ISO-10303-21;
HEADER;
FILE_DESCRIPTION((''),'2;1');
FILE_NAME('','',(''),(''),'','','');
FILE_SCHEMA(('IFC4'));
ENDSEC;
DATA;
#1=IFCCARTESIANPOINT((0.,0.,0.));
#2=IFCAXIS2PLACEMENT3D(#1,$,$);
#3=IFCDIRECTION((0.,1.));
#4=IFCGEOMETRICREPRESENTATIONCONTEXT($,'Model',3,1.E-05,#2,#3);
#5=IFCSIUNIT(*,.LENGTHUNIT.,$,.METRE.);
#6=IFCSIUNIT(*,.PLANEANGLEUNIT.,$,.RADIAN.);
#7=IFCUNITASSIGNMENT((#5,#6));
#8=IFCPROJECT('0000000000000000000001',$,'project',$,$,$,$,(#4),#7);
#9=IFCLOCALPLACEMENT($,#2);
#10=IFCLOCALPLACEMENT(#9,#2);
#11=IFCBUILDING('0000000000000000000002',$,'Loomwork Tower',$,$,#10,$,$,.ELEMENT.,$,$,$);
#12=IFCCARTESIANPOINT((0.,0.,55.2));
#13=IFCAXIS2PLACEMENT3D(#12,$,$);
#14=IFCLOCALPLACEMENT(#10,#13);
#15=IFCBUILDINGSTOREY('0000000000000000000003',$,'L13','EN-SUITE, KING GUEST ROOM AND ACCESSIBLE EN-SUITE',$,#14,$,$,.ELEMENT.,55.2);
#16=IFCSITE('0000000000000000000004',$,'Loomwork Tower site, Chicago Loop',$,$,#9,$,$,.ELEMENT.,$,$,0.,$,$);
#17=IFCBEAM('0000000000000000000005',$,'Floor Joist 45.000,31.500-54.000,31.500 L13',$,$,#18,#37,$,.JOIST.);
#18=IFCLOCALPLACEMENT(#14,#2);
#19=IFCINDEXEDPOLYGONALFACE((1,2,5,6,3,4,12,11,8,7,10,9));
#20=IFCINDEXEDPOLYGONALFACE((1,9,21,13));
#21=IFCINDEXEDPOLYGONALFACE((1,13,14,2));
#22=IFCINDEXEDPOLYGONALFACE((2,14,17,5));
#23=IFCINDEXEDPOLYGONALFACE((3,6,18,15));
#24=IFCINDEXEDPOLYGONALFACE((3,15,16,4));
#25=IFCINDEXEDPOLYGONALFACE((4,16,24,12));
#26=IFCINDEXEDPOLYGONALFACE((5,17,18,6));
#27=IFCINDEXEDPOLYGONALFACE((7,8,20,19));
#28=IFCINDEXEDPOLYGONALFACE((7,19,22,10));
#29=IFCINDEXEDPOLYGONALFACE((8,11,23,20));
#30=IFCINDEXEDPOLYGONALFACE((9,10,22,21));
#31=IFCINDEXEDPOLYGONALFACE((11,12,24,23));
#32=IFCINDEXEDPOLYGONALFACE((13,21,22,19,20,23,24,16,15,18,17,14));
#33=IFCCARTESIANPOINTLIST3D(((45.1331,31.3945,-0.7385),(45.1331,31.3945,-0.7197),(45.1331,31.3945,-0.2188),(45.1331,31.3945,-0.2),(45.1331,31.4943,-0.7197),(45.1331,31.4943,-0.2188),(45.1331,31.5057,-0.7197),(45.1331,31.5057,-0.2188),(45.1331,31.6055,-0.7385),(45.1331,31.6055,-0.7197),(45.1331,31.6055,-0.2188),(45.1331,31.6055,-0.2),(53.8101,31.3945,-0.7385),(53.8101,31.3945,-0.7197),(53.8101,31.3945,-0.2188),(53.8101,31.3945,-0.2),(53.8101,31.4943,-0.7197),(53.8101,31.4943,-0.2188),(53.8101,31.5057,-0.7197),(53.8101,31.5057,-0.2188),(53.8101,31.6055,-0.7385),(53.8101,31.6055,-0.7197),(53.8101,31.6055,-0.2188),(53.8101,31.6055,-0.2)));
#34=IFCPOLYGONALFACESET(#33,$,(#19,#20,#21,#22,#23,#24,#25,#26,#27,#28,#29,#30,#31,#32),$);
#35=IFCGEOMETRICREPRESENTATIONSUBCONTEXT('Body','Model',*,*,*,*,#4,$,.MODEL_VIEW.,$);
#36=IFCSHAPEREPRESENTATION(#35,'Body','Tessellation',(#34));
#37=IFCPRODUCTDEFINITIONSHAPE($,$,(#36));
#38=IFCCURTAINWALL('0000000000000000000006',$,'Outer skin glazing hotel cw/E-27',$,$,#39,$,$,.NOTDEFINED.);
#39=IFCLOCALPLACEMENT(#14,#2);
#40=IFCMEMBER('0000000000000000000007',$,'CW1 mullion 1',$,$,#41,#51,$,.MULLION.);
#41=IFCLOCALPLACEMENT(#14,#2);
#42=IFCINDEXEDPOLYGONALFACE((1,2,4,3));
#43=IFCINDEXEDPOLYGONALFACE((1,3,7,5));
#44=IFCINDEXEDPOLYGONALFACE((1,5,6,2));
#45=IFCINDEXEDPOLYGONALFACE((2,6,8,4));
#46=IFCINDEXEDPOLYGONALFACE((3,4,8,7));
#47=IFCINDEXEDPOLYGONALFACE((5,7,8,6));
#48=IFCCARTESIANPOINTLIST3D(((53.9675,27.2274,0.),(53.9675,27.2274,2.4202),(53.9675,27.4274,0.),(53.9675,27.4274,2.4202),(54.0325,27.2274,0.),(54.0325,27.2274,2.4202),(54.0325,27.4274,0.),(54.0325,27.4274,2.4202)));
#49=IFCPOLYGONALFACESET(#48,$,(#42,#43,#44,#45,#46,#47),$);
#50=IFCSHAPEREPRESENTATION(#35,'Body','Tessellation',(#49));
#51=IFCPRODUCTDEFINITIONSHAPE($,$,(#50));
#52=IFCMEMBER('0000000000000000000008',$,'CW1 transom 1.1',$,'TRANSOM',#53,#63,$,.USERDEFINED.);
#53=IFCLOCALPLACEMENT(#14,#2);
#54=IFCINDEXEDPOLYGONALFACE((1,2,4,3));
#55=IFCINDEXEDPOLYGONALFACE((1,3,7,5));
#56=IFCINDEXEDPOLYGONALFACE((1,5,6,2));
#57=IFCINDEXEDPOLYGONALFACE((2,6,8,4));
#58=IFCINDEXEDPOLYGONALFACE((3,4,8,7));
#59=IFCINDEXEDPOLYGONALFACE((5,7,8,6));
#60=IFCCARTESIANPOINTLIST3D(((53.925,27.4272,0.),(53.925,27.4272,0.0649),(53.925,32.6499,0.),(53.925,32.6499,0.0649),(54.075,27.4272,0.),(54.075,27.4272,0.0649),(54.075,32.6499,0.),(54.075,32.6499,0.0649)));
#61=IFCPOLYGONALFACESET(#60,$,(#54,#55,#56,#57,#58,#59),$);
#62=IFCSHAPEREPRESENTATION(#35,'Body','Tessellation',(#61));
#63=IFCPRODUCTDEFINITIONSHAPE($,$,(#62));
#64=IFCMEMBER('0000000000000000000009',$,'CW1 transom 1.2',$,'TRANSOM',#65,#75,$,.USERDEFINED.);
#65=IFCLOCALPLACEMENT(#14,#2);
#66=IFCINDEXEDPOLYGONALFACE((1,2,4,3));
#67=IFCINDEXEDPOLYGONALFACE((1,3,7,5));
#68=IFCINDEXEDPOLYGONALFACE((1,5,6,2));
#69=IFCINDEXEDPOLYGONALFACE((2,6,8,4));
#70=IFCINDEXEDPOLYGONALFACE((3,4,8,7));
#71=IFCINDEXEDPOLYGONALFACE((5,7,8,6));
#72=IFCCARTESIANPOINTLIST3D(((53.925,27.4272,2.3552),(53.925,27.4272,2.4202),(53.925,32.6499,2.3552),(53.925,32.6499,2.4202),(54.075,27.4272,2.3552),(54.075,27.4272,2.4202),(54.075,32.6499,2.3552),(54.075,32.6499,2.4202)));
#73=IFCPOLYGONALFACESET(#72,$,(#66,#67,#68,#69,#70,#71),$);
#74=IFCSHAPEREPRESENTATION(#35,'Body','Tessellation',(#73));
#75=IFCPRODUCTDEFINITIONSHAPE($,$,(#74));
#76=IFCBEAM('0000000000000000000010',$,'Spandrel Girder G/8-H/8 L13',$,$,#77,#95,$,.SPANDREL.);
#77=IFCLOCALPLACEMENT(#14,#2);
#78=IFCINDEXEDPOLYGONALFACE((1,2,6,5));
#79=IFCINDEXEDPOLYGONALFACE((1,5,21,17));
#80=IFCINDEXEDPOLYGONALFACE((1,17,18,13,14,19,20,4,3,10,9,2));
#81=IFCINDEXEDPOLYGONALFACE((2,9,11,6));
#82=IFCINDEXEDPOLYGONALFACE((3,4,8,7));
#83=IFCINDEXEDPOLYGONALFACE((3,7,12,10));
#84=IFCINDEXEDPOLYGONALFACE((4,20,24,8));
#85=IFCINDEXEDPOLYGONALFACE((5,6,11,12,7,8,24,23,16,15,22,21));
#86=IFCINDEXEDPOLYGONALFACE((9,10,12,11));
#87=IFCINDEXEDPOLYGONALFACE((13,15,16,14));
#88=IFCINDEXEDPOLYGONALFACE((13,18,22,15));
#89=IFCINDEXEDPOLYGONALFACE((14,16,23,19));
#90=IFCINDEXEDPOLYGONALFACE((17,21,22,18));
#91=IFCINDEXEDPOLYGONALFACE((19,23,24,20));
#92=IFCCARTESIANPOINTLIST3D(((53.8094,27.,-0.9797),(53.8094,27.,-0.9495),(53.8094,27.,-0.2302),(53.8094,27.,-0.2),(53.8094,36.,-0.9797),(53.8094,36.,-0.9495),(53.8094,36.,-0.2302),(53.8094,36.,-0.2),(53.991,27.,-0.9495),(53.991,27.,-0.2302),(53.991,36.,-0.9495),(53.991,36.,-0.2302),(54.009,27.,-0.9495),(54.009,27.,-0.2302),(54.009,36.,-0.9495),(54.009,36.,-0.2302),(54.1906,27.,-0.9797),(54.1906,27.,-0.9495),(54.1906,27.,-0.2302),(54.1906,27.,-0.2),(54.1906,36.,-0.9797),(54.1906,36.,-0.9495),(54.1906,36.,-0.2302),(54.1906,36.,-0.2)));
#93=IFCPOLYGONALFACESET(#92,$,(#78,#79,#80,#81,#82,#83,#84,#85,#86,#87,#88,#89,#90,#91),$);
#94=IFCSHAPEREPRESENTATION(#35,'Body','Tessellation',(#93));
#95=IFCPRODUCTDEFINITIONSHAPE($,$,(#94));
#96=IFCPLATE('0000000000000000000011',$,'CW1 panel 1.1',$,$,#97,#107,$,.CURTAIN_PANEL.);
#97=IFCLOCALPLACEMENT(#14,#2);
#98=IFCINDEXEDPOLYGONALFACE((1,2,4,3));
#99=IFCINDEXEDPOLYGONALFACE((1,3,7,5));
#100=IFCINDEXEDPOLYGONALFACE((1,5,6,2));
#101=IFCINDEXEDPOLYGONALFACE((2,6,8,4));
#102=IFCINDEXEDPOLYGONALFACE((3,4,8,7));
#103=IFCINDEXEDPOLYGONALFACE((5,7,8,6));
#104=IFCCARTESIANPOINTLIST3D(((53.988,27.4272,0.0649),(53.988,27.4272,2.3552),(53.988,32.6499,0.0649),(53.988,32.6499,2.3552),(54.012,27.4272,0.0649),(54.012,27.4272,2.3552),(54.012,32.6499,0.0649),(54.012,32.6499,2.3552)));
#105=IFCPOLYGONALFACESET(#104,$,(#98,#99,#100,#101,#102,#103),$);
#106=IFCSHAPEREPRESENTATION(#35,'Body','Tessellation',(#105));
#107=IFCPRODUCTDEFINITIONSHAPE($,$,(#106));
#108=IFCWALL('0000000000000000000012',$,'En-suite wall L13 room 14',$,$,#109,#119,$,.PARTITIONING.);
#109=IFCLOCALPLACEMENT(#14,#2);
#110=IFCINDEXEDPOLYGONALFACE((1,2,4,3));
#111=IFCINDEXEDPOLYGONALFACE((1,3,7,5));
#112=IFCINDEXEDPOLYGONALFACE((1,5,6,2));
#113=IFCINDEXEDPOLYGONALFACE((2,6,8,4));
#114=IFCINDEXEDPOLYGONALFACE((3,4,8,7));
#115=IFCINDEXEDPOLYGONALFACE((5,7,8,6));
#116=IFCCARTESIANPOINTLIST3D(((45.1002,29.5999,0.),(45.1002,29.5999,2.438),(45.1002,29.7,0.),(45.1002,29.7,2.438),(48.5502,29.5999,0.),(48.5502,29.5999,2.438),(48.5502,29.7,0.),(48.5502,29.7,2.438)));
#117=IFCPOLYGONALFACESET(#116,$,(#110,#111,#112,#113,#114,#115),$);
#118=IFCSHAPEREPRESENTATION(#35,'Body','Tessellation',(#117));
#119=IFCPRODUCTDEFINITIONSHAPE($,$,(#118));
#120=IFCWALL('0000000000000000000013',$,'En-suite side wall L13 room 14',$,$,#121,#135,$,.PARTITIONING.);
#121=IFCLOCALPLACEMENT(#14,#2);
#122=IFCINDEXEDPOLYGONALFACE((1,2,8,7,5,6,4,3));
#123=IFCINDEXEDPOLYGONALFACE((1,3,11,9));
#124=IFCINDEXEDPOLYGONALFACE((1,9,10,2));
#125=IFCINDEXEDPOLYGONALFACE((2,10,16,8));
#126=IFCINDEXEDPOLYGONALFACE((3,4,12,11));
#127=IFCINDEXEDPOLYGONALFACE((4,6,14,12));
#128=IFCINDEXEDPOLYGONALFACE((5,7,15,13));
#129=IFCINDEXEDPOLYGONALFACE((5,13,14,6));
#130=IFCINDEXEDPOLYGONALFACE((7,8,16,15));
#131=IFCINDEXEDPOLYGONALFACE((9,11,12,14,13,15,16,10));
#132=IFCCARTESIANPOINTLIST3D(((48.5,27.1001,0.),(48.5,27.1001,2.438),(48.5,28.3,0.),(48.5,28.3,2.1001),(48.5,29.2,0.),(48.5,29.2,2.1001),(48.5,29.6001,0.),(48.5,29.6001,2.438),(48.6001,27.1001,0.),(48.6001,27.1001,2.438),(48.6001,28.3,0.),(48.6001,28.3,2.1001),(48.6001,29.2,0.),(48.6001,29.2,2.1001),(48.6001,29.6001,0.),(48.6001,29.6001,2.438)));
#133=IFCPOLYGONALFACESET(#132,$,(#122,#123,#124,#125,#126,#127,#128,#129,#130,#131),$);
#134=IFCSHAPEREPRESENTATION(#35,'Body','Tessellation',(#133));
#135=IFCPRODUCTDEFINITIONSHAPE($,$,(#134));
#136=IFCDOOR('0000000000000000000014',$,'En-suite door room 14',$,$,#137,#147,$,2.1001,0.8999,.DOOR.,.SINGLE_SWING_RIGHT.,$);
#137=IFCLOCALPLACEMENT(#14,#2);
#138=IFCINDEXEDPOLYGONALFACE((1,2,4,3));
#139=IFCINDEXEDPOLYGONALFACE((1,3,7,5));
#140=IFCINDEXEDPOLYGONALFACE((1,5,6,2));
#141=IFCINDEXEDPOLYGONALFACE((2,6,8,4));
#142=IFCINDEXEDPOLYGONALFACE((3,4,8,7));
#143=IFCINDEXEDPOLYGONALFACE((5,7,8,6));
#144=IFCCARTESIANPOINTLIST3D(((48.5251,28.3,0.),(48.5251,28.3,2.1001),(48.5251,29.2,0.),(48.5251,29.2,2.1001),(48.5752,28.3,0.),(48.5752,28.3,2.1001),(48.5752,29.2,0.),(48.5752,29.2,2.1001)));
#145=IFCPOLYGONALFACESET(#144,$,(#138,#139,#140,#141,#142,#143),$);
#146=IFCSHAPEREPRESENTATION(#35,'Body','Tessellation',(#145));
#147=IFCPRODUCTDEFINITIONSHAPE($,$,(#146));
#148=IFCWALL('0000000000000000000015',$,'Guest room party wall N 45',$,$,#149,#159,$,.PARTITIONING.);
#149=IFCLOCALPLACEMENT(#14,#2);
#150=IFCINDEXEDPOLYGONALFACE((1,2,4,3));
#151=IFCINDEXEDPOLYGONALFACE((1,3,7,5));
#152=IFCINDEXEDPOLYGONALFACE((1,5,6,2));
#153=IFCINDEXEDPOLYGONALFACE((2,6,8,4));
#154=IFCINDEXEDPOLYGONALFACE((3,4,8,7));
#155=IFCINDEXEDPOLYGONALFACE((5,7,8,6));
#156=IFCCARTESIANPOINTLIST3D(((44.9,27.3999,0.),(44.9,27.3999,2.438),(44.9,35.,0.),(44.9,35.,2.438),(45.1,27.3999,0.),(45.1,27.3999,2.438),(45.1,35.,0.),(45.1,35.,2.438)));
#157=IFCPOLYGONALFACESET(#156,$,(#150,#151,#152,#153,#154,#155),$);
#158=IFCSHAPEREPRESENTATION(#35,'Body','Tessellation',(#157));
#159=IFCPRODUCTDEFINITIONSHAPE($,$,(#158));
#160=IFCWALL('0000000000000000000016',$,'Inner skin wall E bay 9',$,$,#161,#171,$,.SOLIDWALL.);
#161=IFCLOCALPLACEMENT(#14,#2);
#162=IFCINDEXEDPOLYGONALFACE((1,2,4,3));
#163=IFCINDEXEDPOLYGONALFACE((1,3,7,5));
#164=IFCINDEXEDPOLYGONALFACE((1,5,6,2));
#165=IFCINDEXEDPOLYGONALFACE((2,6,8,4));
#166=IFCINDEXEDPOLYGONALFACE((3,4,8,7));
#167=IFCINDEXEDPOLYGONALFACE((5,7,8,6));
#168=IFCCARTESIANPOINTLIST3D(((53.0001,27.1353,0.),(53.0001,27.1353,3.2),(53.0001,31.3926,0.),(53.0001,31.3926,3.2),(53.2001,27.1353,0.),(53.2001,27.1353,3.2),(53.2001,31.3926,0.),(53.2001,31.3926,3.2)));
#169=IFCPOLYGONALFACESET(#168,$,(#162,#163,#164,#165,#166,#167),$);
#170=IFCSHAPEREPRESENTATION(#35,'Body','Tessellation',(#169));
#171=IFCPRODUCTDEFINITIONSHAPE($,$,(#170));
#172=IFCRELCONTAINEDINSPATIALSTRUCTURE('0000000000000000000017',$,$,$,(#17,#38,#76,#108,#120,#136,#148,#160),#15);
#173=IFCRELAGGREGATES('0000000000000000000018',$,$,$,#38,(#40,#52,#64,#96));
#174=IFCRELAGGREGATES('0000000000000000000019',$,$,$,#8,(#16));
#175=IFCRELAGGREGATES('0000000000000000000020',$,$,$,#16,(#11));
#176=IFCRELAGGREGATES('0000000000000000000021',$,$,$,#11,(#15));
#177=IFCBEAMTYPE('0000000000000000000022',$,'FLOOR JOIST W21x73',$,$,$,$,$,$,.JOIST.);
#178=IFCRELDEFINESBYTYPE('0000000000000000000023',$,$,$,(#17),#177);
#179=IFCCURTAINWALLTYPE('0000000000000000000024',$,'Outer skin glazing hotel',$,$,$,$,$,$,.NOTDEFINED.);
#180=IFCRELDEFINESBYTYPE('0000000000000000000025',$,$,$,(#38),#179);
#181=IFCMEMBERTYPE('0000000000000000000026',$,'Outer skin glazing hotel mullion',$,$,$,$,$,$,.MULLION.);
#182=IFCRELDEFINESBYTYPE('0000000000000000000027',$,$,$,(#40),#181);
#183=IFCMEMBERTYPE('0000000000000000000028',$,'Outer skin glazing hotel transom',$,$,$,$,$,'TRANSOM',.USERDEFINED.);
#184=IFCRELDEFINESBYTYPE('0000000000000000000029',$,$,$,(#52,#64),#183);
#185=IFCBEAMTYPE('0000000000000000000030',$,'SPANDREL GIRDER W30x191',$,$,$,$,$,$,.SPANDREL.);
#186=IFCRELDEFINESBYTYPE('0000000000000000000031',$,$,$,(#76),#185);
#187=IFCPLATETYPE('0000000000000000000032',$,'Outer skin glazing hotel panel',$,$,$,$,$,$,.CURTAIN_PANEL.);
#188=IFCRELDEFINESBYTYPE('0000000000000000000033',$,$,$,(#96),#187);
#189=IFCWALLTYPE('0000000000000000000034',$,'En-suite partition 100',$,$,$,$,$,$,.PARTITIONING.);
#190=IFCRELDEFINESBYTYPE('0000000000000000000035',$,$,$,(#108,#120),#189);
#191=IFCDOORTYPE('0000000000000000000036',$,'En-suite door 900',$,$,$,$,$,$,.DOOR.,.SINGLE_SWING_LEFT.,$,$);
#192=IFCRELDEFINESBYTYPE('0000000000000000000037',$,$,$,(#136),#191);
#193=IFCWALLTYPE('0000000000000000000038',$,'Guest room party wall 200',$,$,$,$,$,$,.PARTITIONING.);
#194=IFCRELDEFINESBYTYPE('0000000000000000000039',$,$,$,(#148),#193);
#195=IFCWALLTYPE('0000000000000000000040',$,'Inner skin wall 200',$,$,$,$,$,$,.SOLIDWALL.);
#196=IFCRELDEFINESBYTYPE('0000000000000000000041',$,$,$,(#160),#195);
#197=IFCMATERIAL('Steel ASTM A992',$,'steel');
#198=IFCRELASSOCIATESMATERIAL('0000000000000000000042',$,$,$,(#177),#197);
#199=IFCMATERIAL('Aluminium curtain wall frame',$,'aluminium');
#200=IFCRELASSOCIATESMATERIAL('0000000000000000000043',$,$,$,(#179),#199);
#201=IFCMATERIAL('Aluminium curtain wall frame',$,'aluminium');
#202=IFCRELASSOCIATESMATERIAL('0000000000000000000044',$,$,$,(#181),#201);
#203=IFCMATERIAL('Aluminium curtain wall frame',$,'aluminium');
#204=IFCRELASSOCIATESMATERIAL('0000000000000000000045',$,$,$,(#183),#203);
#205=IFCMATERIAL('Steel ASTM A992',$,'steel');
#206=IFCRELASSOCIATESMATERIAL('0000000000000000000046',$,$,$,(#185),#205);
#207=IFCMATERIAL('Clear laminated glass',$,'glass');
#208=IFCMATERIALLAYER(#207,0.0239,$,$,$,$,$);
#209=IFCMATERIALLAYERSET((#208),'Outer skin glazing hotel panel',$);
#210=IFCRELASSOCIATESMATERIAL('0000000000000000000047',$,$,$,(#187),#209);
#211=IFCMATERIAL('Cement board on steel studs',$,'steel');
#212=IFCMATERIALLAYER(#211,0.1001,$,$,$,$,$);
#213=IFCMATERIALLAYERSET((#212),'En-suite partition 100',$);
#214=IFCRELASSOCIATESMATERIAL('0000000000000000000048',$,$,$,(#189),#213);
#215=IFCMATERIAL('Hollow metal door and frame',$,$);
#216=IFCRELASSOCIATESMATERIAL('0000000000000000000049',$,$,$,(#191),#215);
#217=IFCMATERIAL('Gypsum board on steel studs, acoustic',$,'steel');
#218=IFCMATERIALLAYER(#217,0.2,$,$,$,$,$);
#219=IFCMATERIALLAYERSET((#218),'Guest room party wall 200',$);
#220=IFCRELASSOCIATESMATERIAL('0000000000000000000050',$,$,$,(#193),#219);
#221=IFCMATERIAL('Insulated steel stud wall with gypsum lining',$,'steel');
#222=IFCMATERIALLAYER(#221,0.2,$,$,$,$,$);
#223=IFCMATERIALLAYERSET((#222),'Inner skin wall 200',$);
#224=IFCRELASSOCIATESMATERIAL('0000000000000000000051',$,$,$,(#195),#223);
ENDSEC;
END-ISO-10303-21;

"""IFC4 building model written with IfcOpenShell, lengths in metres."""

from ifc_helpers import new_model, si_unit, direction, frame, frame_2d, origin, origin_2d, place, context, subcontext, project, spatial, rectangle, i_section, extrude, material, layer, layer_set, material_profile, profile_set, type_object, element, fill, aggregate, save


model = new_model("IFC4")

# Units and contexts
model_context = context("Model", 3, precision=1e-05, world=origin(), true_north=direction((0.0, 1.0)))
body_context = subcontext(model_context, "Body", "Model", "MODEL_VIEW")
ifc_project = project(units=[si_unit("LENGTHUNIT", "METRE"), si_unit("PLANEANGLEUNIT", "RADIAN")], contexts=[model_context])

# Site, building, storey
site_placement = place(None, origin())
site = spatial("IfcSite", under=ifc_project, at=site_placement, Name="Loomwork Tower site, Chicago Loop", CompositionType="ELEMENT", RefElevation=0.0)
building_placement = place(site_placement, origin())
building = spatial("IfcBuilding", under=site, at=building_placement, Name="Loomwork Tower", CompositionType="ELEMENT")
storey_placement = place(building_placement, frame((0.0, 0.0, 55.2)))
storey = spatial("IfcBuildingStorey", under=building, at=storey_placement, Name="L13", Description="EN-SUITE, KING GUEST ROOM AND ACCESSIBLE EN-SUITE", CompositionType="ELEMENT", Elevation=55.2)

# Beam
ifc_material_1 = material(Name="Steel ASTM A992", Category="steel")
ifc_material_profile_1 = material_profile(ifc_material_1, i_section(OverallWidth=0.2109, OverallDepth=0.5386, WebThickness=0.0115, FlangeThickness=0.0188, at=origin_2d()), Name="W21x73")
ifc_profile_set_1 = profile_set([ifc_material_profile_1], Name="Steel ASTM A992")
beam_type_1 = type_object("IfcBeamType", Name="FLOOR JOIST W21x73", PredefinedType="JOIST", material=ifc_profile_set_1)
beam_1_placement = place(storey_placement, frame((45.1331, 31.5, -0.4692), z_axis=(1.0, 0.0, 0.0), x_axis=(0.0, 1.0, 0.0)))
element("IfcBeam", 1, at=beam_1_placement, inside=storey, type_object=beam_type_1, Name="Floor Joist 45.000,31.500-54.000,31.500 L13", PredefinedType="JOIST", context=body_context, shape_type="SweptSolid", body=[
    extrude(i_section(OverallWidth=0.2109, OverallDepth=0.5386, WebThickness=0.0115, FlangeThickness=0.0188, at=origin_2d()), origin(), (0.0, 0.0, 1.0), 8.677),
])

# Curtain wall, members
ifc_material_2 = material(Name="Aluminium curtain wall frame", Category="aluminium")
curtain_wall_type = type_object("IfcCurtainWallType", Name="Outer skin glazing hotel", PredefinedType="NOTDEFINED", material=ifc_material_2)
curtain_wall_placement = place(storey_placement, origin())
curtain_wall = element("IfcCurtainWall", 2, at=curtain_wall_placement, inside=storey, type_object=curtain_wall_type, Name="Outer skin glazing hotel cw/E-27", PredefinedType="NOTDEFINED")
ifc_material_3 = material(Name="Aluminium curtain wall frame", Category="aluminium")
ifc_material_profile_2 = material_profile(ifc_material_3, rectangle(XDim=0.0649, YDim=0.2, at=origin_2d()), Name="AL 65x200")
ifc_profile_set_2 = profile_set([ifc_material_profile_2], Name="Aluminium curtain wall frame")
member_type_1 = type_object("IfcMemberType", Name="Outer skin glazing hotel mullion", PredefinedType="MULLION", material=ifc_profile_set_2)
member_1_placement = place(storey_placement, frame((54.0, 27.3274, 0.0), z_axis=(0.0, 0.0, 1.0), x_axis=(-1.0, 0.0, 0.0)))
member_1 = element("IfcMember", 3, at=member_1_placement, type_object=member_type_1, Name="CW1 mullion 1", PredefinedType="MULLION", context=body_context, shape_type="SweptSolid", body=[
    extrude(rectangle(XDim=0.0649, YDim=0.2, at=origin_2d()), origin(), (0.0, 0.0, 1.0), 2.4202),
])
ifc_material_4 = material(Name="Aluminium curtain wall frame", Category="aluminium")
ifc_material_profile_3 = material_profile(ifc_material_4, rectangle(XDim=0.1499, YDim=0.0649, at=origin_2d()), Name="AL 65x150")
ifc_profile_set_3 = profile_set([ifc_material_profile_3], Name="Aluminium curtain wall frame")
member_type_2 = type_object("IfcMemberType", Name="Outer skin glazing hotel transom", ElementType="TRANSOM", PredefinedType="USERDEFINED", material=ifc_profile_set_3)
member_2_placement = place(storey_placement, frame((54.0, 27.4272, 0.0325), z_axis=(0.0, 1.0, 0.0), x_axis=(-1.0, 0.0, 0.0)))
member_2 = element("IfcMember", 4, at=member_2_placement, type_object=member_type_2, Name="CW1 transom 1.1", ObjectType="TRANSOM", PredefinedType="USERDEFINED", context=body_context, shape_type="SweptSolid", body=[
    extrude(rectangle(XDim=0.1499, YDim=0.0649, at=origin_2d()), origin(), (0.0, 0.0, 1.0), 5.2227),
])
member_3_placement = place(storey_placement, frame((54.0, 27.4272, 2.3877), z_axis=(0.0, 1.0, 0.0), x_axis=(-1.0, 0.0, 0.0)))
member_3 = element("IfcMember", 5, at=member_3_placement, type_object=member_type_2, Name="CW1 transom 1.2", ObjectType="TRANSOM", PredefinedType="USERDEFINED", context=body_context, shape_type="SweptSolid", body=[
    extrude(rectangle(XDim=0.1499, YDim=0.0649, at=origin_2d()), origin(), (0.0, 0.0, 1.0), 5.2227),
])

# Beam
ifc_material_5 = material(Name="Steel ASTM A992", Category="steel")
ifc_material_profile_4 = material_profile(ifc_material_5, i_section(OverallWidth=0.3811, OverallDepth=0.7798, WebThickness=0.0181, FlangeThickness=0.0303, at=origin_2d()), Name="W30x191")
ifc_profile_set_4 = profile_set([ifc_material_profile_4], Name="Steel ASTM A992")
beam_type_2 = type_object("IfcBeamType", Name="SPANDREL GIRDER W30x191", PredefinedType="SPANDREL", material=ifc_profile_set_4)
beam_2_placement = place(storey_placement, frame((54.0, 27.0, -0.5898), z_axis=(0.0, 1.0, 0.0), x_axis=(-1.0, 0.0, 0.0)))
element("IfcBeam", 6, at=beam_2_placement, inside=storey, type_object=beam_type_2, Name="Spandrel Girder G/8-H/8 L13", PredefinedType="SPANDREL", context=body_context, shape_type="SweptSolid", body=[
    extrude(i_section(OverallWidth=0.3811, OverallDepth=0.7798, WebThickness=0.0181, FlangeThickness=0.0303, at=origin_2d()), origin(), (0.0, 0.0, 1.0), 9.0),
])

# Plate
ifc_material_6 = material(Name="Clear laminated glass", Category="glass")
ifc_layer_1 = layer(ifc_material_6, 0.0239)
ifc_layer_set_1 = layer_set([ifc_layer_1], Name="Outer skin glazing hotel panel")
plate_type = type_object("IfcPlateType", Name="Outer skin glazing hotel panel", PredefinedType="CURTAIN_PANEL", material=ifc_layer_set_1)
plate_placement = place(storey_placement, frame((54.0, 30.0386, 0.0649), z_axis=(0.0, 0.0, 1.0), x_axis=(0.0, 1.0, 0.0)))
plate = element("IfcPlate", 7, at=plate_placement, type_object=plate_type, Name="CW1 panel 1.1", PredefinedType="CURTAIN_PANEL", context=body_context, shape_type="SweptSolid", body=[
    extrude(rectangle(XDim=5.2227, YDim=0.0239, at=origin_2d()), origin(), (0.0, 0.0, 1.0), 2.2903),
])
aggregate(curtain_wall, [member_1, member_2, member_3, plate])

# Wall
ifc_material_7 = material(Name="Cement board on steel studs", Category="steel")
ifc_layer_2 = layer(ifc_material_7, 0.1001)
ifc_layer_set_2 = layer_set([ifc_layer_2], Name="En-suite partition 100")
wall_type_1 = type_object("IfcWallType", Name="En-suite partition 100", PredefinedType="PARTITIONING", material=ifc_layer_set_2)
wall_1_placement = place(storey_placement, frame((45.1001, 29.6499, 0.0), z_axis=(0.0, 0.0, 1.0), x_axis=(1.0, 0.0, 0.0)))
element("IfcWall", 8, at=wall_1_placement, inside=storey, type_object=wall_type_1, Name="En-suite wall L13 room 14", PredefinedType="PARTITIONING", context=body_context, shape_type="SweptSolid", body=[
    extrude(rectangle(XDim=3.45, YDim=0.1001, at=frame_2d((1.7251, 0.0))), origin(), (0.0, 0.0, 1.0), 2.438),
])

# Wall, opening, door
wall_2_placement = place(storey_placement, frame((48.55, 27.1001, 0.0), z_axis=(0.0, 0.0, 1.0), x_axis=(0.0, 1.0, 0.0)))
wall_2 = element("IfcWall", 9, at=wall_2_placement, inside=storey, type_object=wall_type_1, Name="En-suite side wall L13 room 14", PredefinedType="PARTITIONING", context=body_context, shape_type="SweptSolid", body=[
    extrude(rectangle(XDim=2.5, YDim=0.1001, at=frame_2d((1.25, 0.0))), origin(), (0.0, 0.0, 1.0), 2.438),
])
opening_placement = place(wall_2_placement, frame((1.2, 0.0, 0.0)))
opening = element("IfcOpeningElement", 10, at=opening_placement, cuts=wall_2, PredefinedType="OPENING", context=body_context, shape_type="SweptSolid", body=[
    extrude(rectangle(XDim=0.8999, YDim=2.1001, at=frame_2d((0.45, 1.05))), frame((0.0, 0.0601, 0.0), z_axis=(0.0, -1.0, 0.0), x_axis=(1.0, 0.0, 0.0)), (0.0, 0.0, 1.0), 0.1201),
])
ifc_material_8 = material(Name="Hollow metal door and frame")
door_type = type_object("IfcDoorType", Name="En-suite door 900", OperationType="SINGLE_SWING_LEFT", PredefinedType="DOOR", material=ifc_material_8)
door_placement = place(opening_placement, origin())
door = element("IfcDoor", 11, at=door_placement, inside=storey, type_object=door_type, Name="En-suite door room 14", OperationType="SINGLE_SWING_RIGHT", OverallHeight=2.1001, OverallWidth=0.8999, PredefinedType="DOOR", context=body_context, shape_type="SweptSolid", body=[
    extrude(rectangle(XDim=0.8999, YDim=2.1001, at=frame_2d((0.45, 1.05))), frame((0.0, 0.0249, 0.0), z_axis=(0.0, -1.0, 0.0), x_axis=(1.0, 0.0, 0.0)), (0.0, 0.0, 1.0), 0.05),
])
fill(opening, door)

# Walls
ifc_material_9 = material(Name="Gypsum board on steel studs, acoustic", Category="steel")
ifc_layer_3 = layer(ifc_material_9, 0.2)
ifc_layer_set_3 = layer_set([ifc_layer_3], Name="Guest room party wall 200")
wall_type_2 = type_object("IfcWallType", Name="Guest room party wall 200", PredefinedType="PARTITIONING", material=ifc_layer_set_3)
wall_3_placement = place(storey_placement, frame((45.0, 27.3999, 0.0), z_axis=(0.0, 0.0, 1.0), x_axis=(0.0, 1.0, 0.0)))
element("IfcWall", 12, at=wall_3_placement, inside=storey, type_object=wall_type_2, Name="Guest room party wall N 45", PredefinedType="PARTITIONING", context=body_context, shape_type="SweptSolid", body=[
    extrude(rectangle(XDim=7.6001, YDim=0.2, at=frame_2d((3.8, 0.0))), origin(), (0.0, 0.0, 1.0), 2.438),
])
ifc_material_10 = material(Name="Insulated steel stud wall with gypsum lining", Category="steel")
ifc_layer_4 = layer(ifc_material_10, 0.2)
ifc_layer_set_4 = layer_set([ifc_layer_4], Name="Inner skin wall 200")
wall_type_3 = type_object("IfcWallType", Name="Inner skin wall 200", PredefinedType="SOLIDWALL", material=ifc_layer_set_4)
wall_4_placement = place(storey_placement, frame((53.1001, 27.1353, 0.0), z_axis=(0.0, 0.0, 1.0), x_axis=(0.0, 1.0, 0.0)))
element("IfcWall", 13, at=wall_4_placement, inside=storey, type_object=wall_type_3, Name="Inner skin wall E bay 9", PredefinedType="SOLIDWALL", context=body_context, shape_type="SweptSolid", body=[
    extrude(rectangle(XDim=4.2573, YDim=0.2, at=frame_2d((2.1287, 0.0))), origin(), (0.0, 0.0, 1.0), 3.2),
])

save(model, "model.ifc")
